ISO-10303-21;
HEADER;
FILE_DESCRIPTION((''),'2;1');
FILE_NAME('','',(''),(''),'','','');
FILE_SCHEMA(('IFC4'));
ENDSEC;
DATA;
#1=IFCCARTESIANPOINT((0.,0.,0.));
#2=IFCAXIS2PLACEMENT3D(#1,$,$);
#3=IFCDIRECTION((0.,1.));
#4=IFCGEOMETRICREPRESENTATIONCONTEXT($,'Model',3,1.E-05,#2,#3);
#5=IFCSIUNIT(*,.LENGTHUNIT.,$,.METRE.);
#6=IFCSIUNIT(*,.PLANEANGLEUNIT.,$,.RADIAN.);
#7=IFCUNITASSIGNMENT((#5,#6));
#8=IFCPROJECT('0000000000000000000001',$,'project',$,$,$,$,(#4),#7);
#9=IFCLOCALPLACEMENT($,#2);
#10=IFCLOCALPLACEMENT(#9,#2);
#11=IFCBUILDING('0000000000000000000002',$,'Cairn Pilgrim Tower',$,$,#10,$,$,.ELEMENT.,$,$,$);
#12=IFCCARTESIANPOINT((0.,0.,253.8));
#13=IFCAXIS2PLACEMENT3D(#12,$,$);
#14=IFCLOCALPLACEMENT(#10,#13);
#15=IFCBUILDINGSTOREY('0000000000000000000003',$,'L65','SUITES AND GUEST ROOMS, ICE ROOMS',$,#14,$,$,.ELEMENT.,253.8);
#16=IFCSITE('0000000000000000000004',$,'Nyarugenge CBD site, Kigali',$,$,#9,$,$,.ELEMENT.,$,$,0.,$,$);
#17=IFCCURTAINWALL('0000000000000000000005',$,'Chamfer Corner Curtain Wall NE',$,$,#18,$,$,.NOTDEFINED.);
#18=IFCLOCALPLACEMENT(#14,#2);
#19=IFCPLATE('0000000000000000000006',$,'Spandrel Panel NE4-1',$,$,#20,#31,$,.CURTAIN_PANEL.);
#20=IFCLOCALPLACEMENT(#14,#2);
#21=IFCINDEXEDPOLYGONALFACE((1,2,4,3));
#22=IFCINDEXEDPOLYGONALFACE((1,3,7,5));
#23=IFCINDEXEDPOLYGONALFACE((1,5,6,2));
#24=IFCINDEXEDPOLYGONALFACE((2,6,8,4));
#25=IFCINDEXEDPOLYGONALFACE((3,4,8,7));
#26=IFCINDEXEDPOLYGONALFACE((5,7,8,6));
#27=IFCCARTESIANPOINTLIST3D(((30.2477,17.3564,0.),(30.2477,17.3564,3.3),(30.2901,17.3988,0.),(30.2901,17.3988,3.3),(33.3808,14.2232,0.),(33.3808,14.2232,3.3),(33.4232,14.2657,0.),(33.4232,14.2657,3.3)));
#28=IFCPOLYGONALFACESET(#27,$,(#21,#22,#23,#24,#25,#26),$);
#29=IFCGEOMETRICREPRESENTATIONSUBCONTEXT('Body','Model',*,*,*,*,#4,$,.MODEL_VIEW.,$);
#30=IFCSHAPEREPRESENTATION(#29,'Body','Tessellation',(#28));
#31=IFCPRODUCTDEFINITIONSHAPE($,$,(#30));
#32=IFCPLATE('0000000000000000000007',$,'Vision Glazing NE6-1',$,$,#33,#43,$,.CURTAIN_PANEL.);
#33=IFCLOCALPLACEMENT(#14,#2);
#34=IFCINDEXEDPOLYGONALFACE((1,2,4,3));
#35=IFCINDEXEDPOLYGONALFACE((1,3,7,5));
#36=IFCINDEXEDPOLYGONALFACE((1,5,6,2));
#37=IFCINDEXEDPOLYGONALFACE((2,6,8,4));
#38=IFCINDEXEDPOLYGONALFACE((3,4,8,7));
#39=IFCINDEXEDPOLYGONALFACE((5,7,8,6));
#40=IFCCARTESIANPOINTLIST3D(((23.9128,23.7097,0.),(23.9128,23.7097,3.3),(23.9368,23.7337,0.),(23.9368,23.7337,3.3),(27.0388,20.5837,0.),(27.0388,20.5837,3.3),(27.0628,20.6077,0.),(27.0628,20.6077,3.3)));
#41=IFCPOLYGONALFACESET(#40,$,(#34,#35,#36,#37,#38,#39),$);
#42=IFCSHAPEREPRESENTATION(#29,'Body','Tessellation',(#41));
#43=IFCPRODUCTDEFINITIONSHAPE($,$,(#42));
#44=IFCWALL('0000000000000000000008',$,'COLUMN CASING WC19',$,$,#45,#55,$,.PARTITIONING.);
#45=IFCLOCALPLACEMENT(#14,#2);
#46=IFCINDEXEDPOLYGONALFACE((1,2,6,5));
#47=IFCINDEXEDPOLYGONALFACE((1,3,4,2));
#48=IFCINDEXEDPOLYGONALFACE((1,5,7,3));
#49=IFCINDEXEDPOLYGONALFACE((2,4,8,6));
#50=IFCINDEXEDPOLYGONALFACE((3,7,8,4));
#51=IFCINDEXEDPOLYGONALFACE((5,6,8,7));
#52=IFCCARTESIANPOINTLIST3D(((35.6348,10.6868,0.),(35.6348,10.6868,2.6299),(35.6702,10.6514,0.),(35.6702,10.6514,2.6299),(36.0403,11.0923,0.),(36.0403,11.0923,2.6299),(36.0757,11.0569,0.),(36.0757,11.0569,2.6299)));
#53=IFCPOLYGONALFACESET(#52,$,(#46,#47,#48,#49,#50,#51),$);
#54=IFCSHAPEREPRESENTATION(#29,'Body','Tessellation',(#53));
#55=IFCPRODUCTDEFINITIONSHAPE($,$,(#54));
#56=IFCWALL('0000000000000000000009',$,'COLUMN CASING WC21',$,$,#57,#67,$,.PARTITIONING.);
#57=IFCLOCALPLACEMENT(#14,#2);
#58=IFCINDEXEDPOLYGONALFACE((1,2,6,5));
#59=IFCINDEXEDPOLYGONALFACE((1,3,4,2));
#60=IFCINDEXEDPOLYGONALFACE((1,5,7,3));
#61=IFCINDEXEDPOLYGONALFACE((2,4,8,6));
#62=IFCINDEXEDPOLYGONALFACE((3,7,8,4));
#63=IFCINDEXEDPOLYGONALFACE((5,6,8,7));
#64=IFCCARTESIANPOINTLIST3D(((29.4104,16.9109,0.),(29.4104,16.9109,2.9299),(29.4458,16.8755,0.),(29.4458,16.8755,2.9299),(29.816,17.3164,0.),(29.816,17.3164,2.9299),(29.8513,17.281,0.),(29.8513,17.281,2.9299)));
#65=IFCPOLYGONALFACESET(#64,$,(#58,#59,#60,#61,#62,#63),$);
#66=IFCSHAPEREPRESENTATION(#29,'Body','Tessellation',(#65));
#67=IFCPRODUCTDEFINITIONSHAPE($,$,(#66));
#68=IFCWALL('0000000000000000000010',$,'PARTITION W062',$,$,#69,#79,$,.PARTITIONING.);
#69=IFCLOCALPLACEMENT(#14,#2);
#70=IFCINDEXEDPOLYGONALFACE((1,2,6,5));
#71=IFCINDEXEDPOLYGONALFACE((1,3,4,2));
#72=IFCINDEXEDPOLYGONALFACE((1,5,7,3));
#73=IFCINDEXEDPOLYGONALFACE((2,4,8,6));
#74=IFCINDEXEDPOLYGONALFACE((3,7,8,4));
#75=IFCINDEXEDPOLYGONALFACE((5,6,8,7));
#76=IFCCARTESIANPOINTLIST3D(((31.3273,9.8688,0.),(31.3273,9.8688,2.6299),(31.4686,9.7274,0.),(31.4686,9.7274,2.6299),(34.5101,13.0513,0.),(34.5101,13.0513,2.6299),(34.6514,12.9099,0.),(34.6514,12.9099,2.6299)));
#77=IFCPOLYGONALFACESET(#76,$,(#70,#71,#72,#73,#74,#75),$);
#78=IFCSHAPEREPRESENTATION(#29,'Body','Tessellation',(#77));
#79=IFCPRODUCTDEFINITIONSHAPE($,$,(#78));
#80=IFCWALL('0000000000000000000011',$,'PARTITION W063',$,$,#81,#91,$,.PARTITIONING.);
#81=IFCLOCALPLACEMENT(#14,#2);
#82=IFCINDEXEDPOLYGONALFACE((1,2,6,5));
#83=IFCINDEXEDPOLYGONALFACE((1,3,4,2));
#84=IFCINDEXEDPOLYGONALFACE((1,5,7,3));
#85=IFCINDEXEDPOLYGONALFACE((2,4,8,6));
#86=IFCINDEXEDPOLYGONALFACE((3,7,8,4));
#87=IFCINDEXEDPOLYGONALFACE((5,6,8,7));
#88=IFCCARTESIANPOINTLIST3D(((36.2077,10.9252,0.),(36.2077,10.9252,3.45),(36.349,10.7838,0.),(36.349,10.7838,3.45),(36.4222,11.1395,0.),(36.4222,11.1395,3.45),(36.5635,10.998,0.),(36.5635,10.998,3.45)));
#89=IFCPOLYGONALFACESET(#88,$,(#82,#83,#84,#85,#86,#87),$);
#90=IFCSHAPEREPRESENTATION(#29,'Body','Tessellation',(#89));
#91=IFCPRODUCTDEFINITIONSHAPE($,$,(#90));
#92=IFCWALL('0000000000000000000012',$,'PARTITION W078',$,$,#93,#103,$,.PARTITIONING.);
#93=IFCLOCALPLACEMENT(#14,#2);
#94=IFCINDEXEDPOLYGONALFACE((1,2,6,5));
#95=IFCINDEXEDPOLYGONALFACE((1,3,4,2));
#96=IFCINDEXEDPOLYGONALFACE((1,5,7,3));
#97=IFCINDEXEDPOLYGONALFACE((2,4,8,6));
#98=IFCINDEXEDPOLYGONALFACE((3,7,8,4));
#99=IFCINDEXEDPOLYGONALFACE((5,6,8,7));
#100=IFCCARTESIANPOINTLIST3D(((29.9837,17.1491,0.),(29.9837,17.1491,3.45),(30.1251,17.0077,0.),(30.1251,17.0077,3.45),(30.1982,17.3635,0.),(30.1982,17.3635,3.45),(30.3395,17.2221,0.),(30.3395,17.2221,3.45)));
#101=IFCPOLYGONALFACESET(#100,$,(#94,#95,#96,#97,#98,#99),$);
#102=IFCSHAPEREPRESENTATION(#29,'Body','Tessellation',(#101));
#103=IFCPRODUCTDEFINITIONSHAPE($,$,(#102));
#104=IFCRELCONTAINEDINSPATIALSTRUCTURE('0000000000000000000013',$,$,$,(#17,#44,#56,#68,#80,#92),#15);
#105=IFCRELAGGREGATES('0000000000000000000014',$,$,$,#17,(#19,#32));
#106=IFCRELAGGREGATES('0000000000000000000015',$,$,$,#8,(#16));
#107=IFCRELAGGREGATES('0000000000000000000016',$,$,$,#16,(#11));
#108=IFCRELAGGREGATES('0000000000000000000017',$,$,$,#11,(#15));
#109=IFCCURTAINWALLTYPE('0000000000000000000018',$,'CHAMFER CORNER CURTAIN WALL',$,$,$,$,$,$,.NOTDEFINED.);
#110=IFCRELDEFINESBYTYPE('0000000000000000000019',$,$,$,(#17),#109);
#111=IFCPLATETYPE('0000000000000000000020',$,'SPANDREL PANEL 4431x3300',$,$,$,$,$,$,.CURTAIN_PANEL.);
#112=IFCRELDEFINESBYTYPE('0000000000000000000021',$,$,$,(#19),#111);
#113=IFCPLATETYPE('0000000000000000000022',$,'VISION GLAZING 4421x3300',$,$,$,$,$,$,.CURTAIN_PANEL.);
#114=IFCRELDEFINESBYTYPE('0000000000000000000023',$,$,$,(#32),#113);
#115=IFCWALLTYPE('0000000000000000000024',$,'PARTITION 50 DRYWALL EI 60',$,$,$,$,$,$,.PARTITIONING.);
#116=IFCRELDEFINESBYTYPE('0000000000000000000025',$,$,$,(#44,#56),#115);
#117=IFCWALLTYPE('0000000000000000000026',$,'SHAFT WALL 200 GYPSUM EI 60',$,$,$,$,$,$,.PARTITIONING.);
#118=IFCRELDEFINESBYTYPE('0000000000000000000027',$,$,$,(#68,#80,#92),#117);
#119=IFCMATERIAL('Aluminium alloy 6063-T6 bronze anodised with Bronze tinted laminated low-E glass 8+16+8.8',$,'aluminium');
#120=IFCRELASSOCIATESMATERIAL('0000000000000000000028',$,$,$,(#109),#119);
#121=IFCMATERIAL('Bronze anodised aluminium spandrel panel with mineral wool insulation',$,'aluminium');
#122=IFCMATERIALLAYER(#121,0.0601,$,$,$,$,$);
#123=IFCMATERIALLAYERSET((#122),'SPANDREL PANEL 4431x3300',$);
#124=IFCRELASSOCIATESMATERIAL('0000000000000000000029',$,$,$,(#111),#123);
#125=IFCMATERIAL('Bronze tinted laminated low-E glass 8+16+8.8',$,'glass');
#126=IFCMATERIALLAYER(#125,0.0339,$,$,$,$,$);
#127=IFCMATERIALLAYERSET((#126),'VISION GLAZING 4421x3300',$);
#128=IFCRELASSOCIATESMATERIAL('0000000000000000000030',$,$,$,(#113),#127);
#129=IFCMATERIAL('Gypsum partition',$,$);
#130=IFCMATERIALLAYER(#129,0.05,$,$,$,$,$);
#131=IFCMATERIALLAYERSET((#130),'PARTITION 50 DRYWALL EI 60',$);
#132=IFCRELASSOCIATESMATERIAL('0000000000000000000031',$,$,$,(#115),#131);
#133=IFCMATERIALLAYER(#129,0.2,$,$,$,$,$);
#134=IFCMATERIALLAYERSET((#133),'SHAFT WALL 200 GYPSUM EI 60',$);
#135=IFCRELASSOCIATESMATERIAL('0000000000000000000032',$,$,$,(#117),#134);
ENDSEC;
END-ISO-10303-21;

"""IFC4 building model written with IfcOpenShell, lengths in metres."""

from ifc_helpers import new_model, si_unit, direction, frame, frame_2d, origin, origin_2d, place, context, subcontext, project, spatial, rectangle, extrude, material, layer, layer_set, type_object, element, aggregate, save


model = new_model("IFC4")

# Units and contexts
model_context = context("Model", 3, precision=1e-05, world=origin(), true_north=direction((0.0, 1.0)))
body_context = subcontext(model_context, "Body", "Model", "MODEL_VIEW")
ifc_project = project(units=[si_unit("LENGTHUNIT", "METRE"), si_unit("PLANEANGLEUNIT", "RADIAN")], contexts=[model_context])

# Site, building, storey
site_placement = place(None, origin())
site = spatial("IfcSite", under=ifc_project, at=site_placement, Name="Nyarugenge CBD site, Kigali", CompositionType="ELEMENT", RefElevation=0.0)
building_placement = place(site_placement, origin())
building = spatial("IfcBuilding", under=site, at=building_placement, Name="Cairn Pilgrim Tower", CompositionType="ELEMENT")
storey_placement = place(building_placement, frame((0.0, 0.0, 253.8)))
storey = spatial("IfcBuildingStorey", under=building, at=storey_placement, Name="L65", Description="SUITES AND GUEST ROOMS, ICE ROOMS", CompositionType="ELEMENT", Elevation=253.8)

# Curtain wall
ifc_material_1 = material(Name="Aluminium alloy 6063-T6 bronze anodised with Bronze tinted laminated low-E glass 8+16+8.8", Category="aluminium")
curtain_wall_type = type_object("IfcCurtainWallType", Name="CHAMFER CORNER CURTAIN WALL", PredefinedType="NOTDEFINED", material=ifc_material_1)
curtain_wall_placement = place(storey_placement, origin())
curtain_wall = element("IfcCurtainWall", 1, at=curtain_wall_placement, inside=storey, type_object=curtain_wall_type, Name="Chamfer Corner Curtain Wall NE", PredefinedType="NOTDEFINED")

# Plates
ifc_material_2 = material(Name="Bronze anodised aluminium spandrel panel with mineral wool insulation", Category="aluminium")
ifc_layer_1 = layer(ifc_material_2, 0.0601)
ifc_layer_set_1 = layer_set([ifc_layer_1], Name="SPANDREL PANEL 4431x3300")
plate_type_1 = type_object("IfcPlateType", Name="SPANDREL PANEL 4431x3300", PredefinedType="CURTAIN_PANEL", material=ifc_layer_set_1)
plate_1_placement = place(storey_placement, frame((31.8354, 15.811, 0.0), z_axis=(0.0, 0.0, 1.0), x_axis=(-0.707107, 0.707107, 0.0)))
plate_1 = element("IfcPlate", 2, at=plate_1_placement, type_object=plate_type_1, Name="Spandrel Panel NE4-1", PredefinedType="CURTAIN_PANEL", context=body_context, shape_type="SweptSolid", body=[
    extrude(rectangle(XDim=4.4309, YDim=0.0601, at=origin_2d()), origin(), (0.0, 0.0, 1.0), 3.3),
])
ifc_material_3 = material(Name="Bronze tinted laminated low-E glass 8+16+8.8", Category="glass")
ifc_layer_2 = layer(ifc_material_3, 0.0339)
ifc_layer_set_2 = layer_set([ifc_layer_2], Name="VISION GLAZING 4421x3300")
plate_type_2 = type_object("IfcPlateType", Name="VISION GLAZING 4421x3300", PredefinedType="CURTAIN_PANEL", material=ifc_layer_set_2)
plate_2_placement = place(storey_placement, frame((25.4878, 22.1587, 0.0), z_axis=(0.0, 0.0, 1.0), x_axis=(-0.707107, 0.707107, 0.0)))
plate_2 = element("IfcPlate", 3, at=plate_2_placement, type_object=plate_type_2, Name="Vision Glazing NE6-1", PredefinedType="CURTAIN_PANEL", context=body_context, shape_type="SweptSolid", body=[
    extrude(rectangle(XDim=4.4209, YDim=0.0339, at=origin_2d()), origin(), (0.0, 0.0, 1.0), 3.3),
])
aggregate(curtain_wall, [plate_1, plate_2])

# Walls
ifc_material_4 = material(Name="Gypsum partition")
ifc_layer_3 = layer(ifc_material_4, 0.05)
ifc_layer_set_3 = layer_set([ifc_layer_3], Name="PARTITION 50 DRYWALL EI 60")
wall_type_1 = type_object("IfcWallType", Name="PARTITION 50 DRYWALL EI 60", PredefinedType="PARTITIONING", material=ifc_layer_set_3)
wall_1_placement = place(storey_placement, frame((35.6526, 10.6692, 0.0), z_axis=(0.0, 0.0, 1.0), x_axis=(0.707107, 0.707107, 0.0)))
element("IfcWall", 4, at=wall_1_placement, inside=storey, type_object=wall_type_1, Name="COLUMN CASING WC19", PredefinedType="PARTITIONING", context=body_context, shape_type="SweptSolid", body=[
    extrude(rectangle(XDim=0.5735, YDim=0.05, at=frame_2d((0.2866, 0.0))), origin(), (0.0, 0.0, 1.0), 2.6299),
])
wall_2_placement = place(storey_placement, frame((29.4282, 16.8933, 0.0), z_axis=(0.0, 0.0, 1.0), x_axis=(0.707107, 0.707107, 0.0)))
element("IfcWall", 5, at=wall_2_placement, inside=storey, type_object=wall_type_1, Name="COLUMN CASING WC21", PredefinedType="PARTITIONING", context=body_context, shape_type="SweptSolid", body=[
    extrude(rectangle(XDim=0.5735, YDim=0.05, at=frame_2d((0.2866, 0.0))), origin(), (0.0, 0.0, 1.0), 2.9299),
])
ifc_layer_4 = layer(ifc_material_4, 0.2)
ifc_layer_set_4 = layer_set([ifc_layer_4], Name="SHAFT WALL 200 GYPSUM EI 60")
wall_type_2 = type_object("IfcWallType", Name="SHAFT WALL 200 GYPSUM EI 60", PredefinedType="PARTITIONING", material=ifc_layer_set_4)
wall_3_placement = place(storey_placement, frame((31.3979, 9.7981, 0.0), z_axis=(0.0, 0.0, 1.0), x_axis=(0.707134, 0.70708, 0.0)))
element("IfcWall", 6, at=wall_3_placement, inside=storey, type_object=wall_type_2, Name="PARTITION W062", PredefinedType="PARTITIONING", context=body_context, shape_type="SweptSolid", body=[
    extrude(rectangle(XDim=4.501, YDim=0.2, at=frame_2d((2.2505, 0.0))), origin(), (0.0, 0.0, 1.0), 2.6299),
])
for number, where, z_axis, x_axis, name in (
    (7, (36.2783, 10.8545, 0.0), (0.0, 0.0, 1.0), (0.707509, 0.706704, 0.0), "PARTITION W063"),
    (8, (30.0544, 17.0784, 0.0), (0.0, 0.0, 1.0), (0.707107, 0.707107, 0.0), "PARTITION W078"),
):
    element("IfcWall", number, at=place(storey_placement, frame(where, z_axis=z_axis, x_axis=x_axis)), inside=storey, type_object=wall_type_2, Name=name, PredefinedType="PARTITIONING", context=body_context, shape_type="SweptSolid", body=[
        extrude(rectangle(XDim=0.3032, YDim=0.2, at=frame_2d((0.1516, 0.0))), origin(), (0.0, 0.0, 1.0), 3.45),
    ])

save(model, "model.ifc")
